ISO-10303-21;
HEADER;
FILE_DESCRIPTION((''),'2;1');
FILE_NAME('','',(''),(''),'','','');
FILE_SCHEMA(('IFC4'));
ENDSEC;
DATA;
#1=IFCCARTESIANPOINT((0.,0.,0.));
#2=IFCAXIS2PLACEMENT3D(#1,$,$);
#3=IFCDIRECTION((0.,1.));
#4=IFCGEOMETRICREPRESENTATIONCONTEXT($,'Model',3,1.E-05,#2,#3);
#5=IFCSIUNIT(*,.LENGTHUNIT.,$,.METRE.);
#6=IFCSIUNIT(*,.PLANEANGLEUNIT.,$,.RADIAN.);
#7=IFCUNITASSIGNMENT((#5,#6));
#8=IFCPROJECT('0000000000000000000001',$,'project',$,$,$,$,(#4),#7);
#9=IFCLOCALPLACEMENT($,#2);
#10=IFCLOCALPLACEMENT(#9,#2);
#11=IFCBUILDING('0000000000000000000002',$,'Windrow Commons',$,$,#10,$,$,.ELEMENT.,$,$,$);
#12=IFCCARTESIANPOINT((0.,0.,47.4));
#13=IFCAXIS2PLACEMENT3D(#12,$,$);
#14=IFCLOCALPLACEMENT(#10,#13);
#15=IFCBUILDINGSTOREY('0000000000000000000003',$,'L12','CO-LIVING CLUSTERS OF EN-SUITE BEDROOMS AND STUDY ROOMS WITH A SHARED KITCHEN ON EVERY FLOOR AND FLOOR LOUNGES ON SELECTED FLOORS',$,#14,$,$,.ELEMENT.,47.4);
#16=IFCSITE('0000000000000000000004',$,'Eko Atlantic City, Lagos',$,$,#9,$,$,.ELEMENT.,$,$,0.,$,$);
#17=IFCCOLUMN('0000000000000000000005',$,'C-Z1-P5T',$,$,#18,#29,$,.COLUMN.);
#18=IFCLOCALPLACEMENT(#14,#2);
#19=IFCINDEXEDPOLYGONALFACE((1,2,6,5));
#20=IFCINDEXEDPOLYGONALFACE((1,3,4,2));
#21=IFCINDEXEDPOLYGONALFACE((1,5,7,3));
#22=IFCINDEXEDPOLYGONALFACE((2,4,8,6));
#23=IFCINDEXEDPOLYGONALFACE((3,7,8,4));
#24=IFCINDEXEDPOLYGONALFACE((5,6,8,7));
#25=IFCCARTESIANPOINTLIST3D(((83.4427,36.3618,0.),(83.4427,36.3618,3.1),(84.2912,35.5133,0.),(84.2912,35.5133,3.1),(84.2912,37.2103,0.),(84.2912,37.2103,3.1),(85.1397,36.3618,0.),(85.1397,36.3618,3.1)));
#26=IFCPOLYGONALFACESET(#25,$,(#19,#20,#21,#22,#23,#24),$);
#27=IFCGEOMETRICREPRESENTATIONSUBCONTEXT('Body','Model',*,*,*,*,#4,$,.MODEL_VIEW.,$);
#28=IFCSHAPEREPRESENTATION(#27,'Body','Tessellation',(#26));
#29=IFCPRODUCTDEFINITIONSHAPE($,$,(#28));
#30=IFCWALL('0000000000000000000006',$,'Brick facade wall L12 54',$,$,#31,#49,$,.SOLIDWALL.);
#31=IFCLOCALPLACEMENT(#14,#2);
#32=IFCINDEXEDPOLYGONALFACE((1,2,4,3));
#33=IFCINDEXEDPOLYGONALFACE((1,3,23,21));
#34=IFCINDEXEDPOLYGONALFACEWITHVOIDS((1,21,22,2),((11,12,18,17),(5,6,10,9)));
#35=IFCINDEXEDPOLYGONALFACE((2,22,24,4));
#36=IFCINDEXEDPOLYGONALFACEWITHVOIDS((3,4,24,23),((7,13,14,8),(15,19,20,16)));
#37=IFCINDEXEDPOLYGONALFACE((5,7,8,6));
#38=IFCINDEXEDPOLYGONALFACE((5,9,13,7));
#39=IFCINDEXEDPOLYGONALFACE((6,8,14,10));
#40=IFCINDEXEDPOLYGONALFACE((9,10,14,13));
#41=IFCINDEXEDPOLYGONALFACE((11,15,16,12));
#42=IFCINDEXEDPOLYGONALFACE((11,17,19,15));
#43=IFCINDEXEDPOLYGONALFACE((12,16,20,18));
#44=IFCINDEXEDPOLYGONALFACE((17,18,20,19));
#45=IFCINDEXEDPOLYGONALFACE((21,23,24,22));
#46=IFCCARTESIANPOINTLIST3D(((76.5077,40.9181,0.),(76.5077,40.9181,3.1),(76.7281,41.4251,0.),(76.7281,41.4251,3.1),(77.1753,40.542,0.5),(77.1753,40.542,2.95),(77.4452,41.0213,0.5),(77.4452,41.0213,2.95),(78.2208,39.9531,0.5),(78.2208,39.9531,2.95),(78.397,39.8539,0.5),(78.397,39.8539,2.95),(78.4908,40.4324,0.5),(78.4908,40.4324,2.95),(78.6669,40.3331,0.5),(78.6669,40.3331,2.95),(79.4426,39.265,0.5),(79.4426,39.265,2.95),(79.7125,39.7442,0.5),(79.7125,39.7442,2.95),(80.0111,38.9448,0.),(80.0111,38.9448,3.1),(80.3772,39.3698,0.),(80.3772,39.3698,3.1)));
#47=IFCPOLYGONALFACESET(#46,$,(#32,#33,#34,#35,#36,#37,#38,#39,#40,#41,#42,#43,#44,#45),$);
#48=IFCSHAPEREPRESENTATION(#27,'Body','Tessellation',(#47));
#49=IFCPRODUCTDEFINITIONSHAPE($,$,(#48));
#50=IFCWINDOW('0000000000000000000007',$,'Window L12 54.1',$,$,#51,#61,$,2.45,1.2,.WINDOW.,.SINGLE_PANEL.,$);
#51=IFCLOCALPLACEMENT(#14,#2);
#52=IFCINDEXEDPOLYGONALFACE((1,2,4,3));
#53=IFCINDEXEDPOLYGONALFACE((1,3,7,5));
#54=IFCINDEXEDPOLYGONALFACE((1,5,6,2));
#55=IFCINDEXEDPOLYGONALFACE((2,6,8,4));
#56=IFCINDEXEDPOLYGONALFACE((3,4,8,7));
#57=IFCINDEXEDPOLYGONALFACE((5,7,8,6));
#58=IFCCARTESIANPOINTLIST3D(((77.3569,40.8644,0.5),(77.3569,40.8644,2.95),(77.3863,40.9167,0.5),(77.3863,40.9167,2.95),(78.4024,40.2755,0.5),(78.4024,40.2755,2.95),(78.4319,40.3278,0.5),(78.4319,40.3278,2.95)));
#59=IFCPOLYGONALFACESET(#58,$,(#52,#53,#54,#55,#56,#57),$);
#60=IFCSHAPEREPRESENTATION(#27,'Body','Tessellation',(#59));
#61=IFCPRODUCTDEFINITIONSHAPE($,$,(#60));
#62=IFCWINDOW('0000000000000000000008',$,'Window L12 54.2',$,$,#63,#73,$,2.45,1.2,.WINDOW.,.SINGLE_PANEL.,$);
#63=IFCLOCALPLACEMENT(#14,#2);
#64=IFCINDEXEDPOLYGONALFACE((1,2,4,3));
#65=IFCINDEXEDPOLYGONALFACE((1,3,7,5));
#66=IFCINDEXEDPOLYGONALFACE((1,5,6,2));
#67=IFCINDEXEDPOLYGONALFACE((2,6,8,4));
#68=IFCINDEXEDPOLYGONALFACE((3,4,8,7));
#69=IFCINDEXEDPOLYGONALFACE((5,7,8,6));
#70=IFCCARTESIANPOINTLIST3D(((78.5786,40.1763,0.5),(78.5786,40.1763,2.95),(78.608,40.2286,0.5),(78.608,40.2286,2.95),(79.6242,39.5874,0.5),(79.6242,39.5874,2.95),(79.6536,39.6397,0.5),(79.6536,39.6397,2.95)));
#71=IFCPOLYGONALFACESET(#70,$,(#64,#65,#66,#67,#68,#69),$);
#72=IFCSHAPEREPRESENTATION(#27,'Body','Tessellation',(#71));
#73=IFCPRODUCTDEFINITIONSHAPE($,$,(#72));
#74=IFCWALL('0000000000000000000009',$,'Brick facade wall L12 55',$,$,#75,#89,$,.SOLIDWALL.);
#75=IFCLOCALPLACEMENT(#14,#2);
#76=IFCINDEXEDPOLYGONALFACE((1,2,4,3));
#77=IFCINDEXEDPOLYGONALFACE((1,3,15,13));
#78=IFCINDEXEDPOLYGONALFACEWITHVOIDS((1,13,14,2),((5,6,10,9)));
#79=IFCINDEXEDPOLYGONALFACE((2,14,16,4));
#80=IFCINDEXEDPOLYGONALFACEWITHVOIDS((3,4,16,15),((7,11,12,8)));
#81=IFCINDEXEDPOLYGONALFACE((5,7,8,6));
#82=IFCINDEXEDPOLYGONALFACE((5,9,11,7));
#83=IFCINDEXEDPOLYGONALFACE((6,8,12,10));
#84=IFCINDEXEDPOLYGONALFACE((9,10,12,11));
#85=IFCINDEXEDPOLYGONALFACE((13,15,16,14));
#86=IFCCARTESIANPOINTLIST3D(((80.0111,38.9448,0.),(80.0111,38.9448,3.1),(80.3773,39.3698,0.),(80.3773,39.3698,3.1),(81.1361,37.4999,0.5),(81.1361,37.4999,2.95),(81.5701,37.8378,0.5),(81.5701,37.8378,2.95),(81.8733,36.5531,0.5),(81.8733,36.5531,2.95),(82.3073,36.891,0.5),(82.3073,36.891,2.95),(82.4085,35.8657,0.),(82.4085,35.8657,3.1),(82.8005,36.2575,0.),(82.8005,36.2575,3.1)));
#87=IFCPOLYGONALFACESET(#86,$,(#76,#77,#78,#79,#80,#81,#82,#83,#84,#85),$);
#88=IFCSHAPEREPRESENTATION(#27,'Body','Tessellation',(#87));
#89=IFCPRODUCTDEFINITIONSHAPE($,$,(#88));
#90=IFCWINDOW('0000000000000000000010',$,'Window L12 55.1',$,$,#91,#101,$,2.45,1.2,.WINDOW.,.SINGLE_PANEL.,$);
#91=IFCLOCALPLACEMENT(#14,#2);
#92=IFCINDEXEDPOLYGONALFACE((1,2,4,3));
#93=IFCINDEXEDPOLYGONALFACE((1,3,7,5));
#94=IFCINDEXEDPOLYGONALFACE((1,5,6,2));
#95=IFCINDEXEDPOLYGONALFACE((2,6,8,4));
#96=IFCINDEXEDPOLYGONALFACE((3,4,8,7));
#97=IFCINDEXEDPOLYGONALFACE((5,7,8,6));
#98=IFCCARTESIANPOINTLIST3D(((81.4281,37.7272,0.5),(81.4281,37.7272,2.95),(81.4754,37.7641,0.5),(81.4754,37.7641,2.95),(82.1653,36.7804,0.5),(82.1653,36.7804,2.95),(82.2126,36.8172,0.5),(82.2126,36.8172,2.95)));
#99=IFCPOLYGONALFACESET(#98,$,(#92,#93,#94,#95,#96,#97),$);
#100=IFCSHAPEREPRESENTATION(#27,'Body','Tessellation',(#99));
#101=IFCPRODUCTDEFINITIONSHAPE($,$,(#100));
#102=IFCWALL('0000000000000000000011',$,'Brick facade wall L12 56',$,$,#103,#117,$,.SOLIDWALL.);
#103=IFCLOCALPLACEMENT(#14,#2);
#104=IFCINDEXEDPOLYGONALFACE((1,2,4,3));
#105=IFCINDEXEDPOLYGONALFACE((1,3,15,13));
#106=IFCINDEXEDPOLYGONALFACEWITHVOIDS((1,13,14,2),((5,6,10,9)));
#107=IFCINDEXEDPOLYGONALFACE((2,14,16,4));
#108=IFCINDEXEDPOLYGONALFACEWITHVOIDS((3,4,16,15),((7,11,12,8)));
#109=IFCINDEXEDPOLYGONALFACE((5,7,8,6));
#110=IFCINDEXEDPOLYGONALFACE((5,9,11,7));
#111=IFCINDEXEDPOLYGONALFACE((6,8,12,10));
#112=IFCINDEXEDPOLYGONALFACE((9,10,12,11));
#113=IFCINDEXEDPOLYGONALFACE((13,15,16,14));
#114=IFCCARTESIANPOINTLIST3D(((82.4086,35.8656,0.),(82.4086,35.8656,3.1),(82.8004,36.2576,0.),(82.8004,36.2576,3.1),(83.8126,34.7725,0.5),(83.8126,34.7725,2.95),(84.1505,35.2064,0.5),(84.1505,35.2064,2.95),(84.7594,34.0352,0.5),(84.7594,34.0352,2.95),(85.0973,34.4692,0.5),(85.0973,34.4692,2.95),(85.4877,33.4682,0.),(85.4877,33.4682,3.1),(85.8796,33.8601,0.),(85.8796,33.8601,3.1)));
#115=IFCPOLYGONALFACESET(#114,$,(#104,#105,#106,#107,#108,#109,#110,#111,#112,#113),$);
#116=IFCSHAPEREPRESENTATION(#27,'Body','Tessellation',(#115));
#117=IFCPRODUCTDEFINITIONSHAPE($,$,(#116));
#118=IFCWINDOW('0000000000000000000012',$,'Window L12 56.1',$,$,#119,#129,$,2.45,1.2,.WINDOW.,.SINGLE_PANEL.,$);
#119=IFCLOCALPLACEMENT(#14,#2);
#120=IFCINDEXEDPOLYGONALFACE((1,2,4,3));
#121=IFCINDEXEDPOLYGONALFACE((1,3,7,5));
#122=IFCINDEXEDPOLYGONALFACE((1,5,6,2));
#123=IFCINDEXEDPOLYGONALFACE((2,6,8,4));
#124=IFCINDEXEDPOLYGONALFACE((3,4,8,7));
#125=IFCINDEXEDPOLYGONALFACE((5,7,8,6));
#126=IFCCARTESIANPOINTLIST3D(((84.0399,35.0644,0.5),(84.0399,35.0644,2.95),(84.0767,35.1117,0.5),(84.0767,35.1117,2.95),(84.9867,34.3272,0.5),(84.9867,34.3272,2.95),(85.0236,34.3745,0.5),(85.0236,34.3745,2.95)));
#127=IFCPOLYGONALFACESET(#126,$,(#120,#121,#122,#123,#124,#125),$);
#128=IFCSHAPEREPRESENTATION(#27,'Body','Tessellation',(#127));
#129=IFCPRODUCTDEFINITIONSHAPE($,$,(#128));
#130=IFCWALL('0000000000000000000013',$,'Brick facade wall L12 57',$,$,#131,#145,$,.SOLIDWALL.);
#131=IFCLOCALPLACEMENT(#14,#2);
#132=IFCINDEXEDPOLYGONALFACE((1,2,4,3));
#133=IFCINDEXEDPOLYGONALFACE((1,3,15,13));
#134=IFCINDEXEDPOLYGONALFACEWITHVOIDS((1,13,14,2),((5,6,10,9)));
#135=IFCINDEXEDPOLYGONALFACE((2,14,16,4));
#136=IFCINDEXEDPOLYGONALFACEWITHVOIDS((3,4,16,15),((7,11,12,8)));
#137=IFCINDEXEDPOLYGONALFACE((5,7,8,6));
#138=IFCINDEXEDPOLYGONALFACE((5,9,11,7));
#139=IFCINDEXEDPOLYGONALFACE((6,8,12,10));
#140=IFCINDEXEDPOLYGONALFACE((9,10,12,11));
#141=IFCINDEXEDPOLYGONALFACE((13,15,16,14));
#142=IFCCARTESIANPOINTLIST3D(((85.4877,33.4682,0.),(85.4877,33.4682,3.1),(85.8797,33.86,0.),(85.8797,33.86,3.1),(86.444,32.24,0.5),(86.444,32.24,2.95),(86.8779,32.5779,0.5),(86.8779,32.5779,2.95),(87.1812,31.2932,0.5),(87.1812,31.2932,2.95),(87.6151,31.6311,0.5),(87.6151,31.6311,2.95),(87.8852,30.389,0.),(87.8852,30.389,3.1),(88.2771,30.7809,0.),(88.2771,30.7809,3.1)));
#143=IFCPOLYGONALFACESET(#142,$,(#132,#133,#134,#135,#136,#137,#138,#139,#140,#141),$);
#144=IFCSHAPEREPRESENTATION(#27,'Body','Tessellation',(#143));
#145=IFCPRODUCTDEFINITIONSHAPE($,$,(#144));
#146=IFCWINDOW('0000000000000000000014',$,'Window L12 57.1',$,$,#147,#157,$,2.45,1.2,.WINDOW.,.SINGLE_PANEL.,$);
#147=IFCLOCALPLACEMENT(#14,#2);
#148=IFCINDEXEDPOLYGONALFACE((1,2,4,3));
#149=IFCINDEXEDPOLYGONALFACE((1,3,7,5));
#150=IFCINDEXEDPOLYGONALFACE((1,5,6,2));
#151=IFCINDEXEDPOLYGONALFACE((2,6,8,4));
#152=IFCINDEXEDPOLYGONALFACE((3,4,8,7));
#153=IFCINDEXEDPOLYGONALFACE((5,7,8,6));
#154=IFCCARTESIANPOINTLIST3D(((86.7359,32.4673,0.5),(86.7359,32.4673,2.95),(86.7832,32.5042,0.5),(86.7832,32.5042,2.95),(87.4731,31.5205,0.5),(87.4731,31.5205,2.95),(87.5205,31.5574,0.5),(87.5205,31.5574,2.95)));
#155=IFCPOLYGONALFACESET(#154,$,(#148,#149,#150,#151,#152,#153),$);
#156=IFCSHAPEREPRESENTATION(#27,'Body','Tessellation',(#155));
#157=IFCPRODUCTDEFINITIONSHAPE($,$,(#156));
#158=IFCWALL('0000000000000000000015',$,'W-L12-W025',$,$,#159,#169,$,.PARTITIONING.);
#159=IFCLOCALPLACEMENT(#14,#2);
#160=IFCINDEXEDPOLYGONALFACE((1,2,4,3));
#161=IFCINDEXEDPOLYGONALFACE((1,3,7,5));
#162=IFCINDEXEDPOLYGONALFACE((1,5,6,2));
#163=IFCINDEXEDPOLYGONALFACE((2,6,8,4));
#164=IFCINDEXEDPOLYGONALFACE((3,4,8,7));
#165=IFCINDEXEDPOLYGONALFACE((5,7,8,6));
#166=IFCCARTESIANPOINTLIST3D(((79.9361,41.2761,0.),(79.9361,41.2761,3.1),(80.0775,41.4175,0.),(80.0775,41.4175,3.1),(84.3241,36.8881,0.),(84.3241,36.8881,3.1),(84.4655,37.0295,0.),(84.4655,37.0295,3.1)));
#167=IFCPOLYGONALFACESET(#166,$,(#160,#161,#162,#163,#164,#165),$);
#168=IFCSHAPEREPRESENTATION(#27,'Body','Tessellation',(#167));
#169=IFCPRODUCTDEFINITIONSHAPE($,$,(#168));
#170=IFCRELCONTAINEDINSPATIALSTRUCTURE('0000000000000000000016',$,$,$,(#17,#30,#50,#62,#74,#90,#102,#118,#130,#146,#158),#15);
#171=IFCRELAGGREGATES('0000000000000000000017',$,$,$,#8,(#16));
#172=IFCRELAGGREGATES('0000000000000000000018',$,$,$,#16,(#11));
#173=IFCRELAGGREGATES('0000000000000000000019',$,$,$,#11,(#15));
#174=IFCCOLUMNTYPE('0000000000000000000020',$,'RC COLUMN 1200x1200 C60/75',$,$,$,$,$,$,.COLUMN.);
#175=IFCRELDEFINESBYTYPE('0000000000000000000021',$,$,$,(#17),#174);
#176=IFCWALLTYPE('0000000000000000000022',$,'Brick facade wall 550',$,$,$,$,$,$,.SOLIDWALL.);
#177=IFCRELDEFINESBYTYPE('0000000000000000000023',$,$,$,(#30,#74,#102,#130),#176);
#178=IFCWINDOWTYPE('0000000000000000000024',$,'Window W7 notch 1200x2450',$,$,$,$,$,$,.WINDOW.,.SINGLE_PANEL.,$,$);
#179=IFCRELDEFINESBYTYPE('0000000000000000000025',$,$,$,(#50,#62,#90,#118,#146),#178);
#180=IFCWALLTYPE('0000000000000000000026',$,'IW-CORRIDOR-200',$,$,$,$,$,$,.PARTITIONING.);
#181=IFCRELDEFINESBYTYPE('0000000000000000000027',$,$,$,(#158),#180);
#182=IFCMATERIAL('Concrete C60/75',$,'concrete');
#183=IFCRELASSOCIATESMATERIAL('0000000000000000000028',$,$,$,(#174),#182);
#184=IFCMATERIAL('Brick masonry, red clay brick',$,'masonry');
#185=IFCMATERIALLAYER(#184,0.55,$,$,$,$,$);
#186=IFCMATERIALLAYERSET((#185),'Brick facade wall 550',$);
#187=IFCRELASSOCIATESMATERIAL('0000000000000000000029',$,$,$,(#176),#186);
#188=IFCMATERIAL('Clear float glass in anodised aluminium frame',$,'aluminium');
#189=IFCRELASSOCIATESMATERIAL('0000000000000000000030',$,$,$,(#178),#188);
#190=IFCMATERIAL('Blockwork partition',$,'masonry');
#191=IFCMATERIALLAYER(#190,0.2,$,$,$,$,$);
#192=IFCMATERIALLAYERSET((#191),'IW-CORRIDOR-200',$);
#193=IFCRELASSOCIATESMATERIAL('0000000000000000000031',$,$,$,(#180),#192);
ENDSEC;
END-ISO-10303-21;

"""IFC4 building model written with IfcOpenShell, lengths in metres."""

from ifc_helpers import new_model, si_unit, direction, frame, frame_2d, origin, origin_2d, place, context, subcontext, project, spatial, polyline, rectangle, outline, extrude, material, layer, layer_set, material_profile, profile_set, type_object, element, fill, save


model = new_model("IFC4")

# Units and contexts
model_context = context("Model", 3, precision=1e-05, world=origin(), true_north=direction((0.0, 1.0)))
body_context = subcontext(model_context, "Body", "Model", "MODEL_VIEW")
ifc_project = project(units=[si_unit("LENGTHUNIT", "METRE"), si_unit("PLANEANGLEUNIT", "RADIAN")], contexts=[model_context])

# Site, building, storey
site_placement = place(None, origin())
site = spatial("IfcSite", under=ifc_project, at=site_placement, Name="Eko Atlantic City, Lagos", CompositionType="ELEMENT", RefElevation=0.0)
building_placement = place(site_placement, origin())
building = spatial("IfcBuilding", under=site, at=building_placement, Name="Windrow Commons", CompositionType="ELEMENT")
storey_placement = place(building_placement, frame((0.0, 0.0, 47.4)))
storey = spatial("IfcBuildingStorey", under=building, at=storey_placement, Name="L12", Description="CO-LIVING CLUSTERS OF EN-SUITE BEDROOMS AND STUDY ROOMS WITH A SHARED KITCHEN ON EVERY FLOOR AND FLOOR LOUNGES ON SELECTED FLOORS", CompositionType="ELEMENT", Elevation=47.4)

# Column
ifc_material_1 = material(Name="Concrete C60/75", Category="concrete")
ifc_material_profile = material_profile(ifc_material_1, rectangle(XDim=1.2, YDim=1.2, at=origin_2d()))
ifc_profile_set = profile_set([ifc_material_profile], Name="Concrete C60/75")
column_type = type_object("IfcColumnType", Name="RC COLUMN 1200x1200 C60/75", PredefinedType="COLUMN", material=ifc_profile_set)
column_placement = place(storey_placement, frame((84.2912, 36.3618, 0.0), z_axis=(0.0, 0.0, 1.0), x_axis=(0.707107, -0.707107, 0.0)))
element("IfcColumn", 1, at=column_placement, inside=storey, type_object=column_type, Name="C-Z1-P5T", PredefinedType="COLUMN", context=body_context, shape_type="SweptSolid", body=[
    extrude(rectangle(XDim=1.2, YDim=1.2, at=origin_2d()), origin(), (0.0, 0.0, 1.0), 3.1),
])

# Wall, openings, windows
ifc_material_2 = material(Name="Brick masonry, red clay brick", Category="masonry")
ifc_layer_1 = layer(ifc_material_2, 0.55)
ifc_layer_set_1 = layer_set([ifc_layer_1], Name="Brick facade wall 550")
wall_type_1 = type_object("IfcWallType", Name="Brick facade wall 550", PredefinedType="SOLIDWALL", material=ifc_layer_set_1)
wall_1_placement = place(storey_placement, frame((76.6179, 41.1716, 0.0), z_axis=(0.0, 0.0, 1.0), x_axis=(0.871301, -0.490748, 0.0)))
wall_1 = element("IfcWall", 2, at=wall_1_placement, inside=storey, type_object=wall_type_1, Name="Brick facade wall L12 54", PredefinedType="SOLIDWALL", context=body_context, shape_type="SweptSolid", body=[
    extrude(outline(polyline([(0.0284, -0.275), (4.0493, -0.275), (4.1597, 0.275), (-0.0284, 0.275), (0.0284, -0.275)])), origin(), (0.0, 0.0, 1.0), 3.1),
])
opening_1_placement = place(wall_1_placement, frame((0.7946, 0.0, 0.5)))
opening_1 = element("IfcOpeningElement", 3, at=opening_1_placement, cuts=wall_1, PredefinedType="OPENING", context=body_context, shape_type="SweptSolid", body=[
    extrude(rectangle(XDim=1.2, YDim=2.45, at=frame_2d((0.6, 1.225))), frame((0.0, 0.285, 0.0), z_axis=(0.0, -1.0, 0.0), x_axis=(1.0, 0.0, 0.0)), (0.0, 0.0, 1.0), 0.57),
])
opening_2_placement = place(wall_1_placement, frame((2.1968, 0.0, 0.5)))
opening_2 = element("IfcOpeningElement", 4, at=opening_2_placement, cuts=wall_1, PredefinedType="OPENING", context=body_context, shape_type="SweptSolid", body=[
    extrude(rectangle(XDim=1.2, YDim=2.45, at=frame_2d((0.6, 1.225))), frame((0.0, 0.285, 0.0), z_axis=(0.0, -1.0, 0.0), x_axis=(1.0, 0.0, 0.0)), (0.0, 0.0, 1.0), 0.57),
])
ifc_material_3 = material(Name="Clear float glass in anodised aluminium frame", Category="aluminium")
window_type = type_object("IfcWindowType", Name="Window W7 notch 1200x2450", PartitioningType="SINGLE_PANEL", PredefinedType="WINDOW", material=ifc_material_3)
window_1_placement = place(opening_1_placement, origin())
window_1 = element("IfcWindow", 5, at=window_1_placement, inside=storey, type_object=window_type, Name="Window L12 54.1", OverallHeight=2.45, OverallWidth=1.2, PartitioningType="SINGLE_PANEL", PredefinedType="WINDOW", context=body_context, shape_type="SweptSolid", body=[
    extrude(rectangle(XDim=1.2, YDim=2.45, at=frame_2d((0.6, 1.225))), frame((0.0, 0.155, 0.0), z_axis=(0.0, -1.0, 0.0), x_axis=(1.0, 0.0, 0.0)), (0.0, 0.0, 1.0), 0.06),
])
fill(opening_1, window_1)
window_2_placement = place(opening_2_placement, origin())
window_2 = element("IfcWindow", 6, at=window_2_placement, inside=storey, type_object=window_type, Name="Window L12 54.2", OverallHeight=2.45, OverallWidth=1.2, PartitioningType="SINGLE_PANEL", PredefinedType="WINDOW", context=body_context, shape_type="SweptSolid", body=[
    extrude(rectangle(XDim=1.2, YDim=2.45, at=frame_2d((0.6, 1.225))), frame((0.0, 0.155, 0.0), z_axis=(0.0, -1.0, 0.0), x_axis=(1.0, 0.0, 0.0)), (0.0, 0.0, 1.0), 0.06),
])
fill(opening_2, window_2)

# Walls, openings, windows
wall_2_placement = place(storey_placement, frame((80.1942, 39.1573, 0.0), z_axis=(0.0, 0.0, 1.0), x_axis=(0.614343, -0.789039, 0.0)))
wall_2 = element("IfcWall", 7, at=wall_2_placement, inside=storey, type_object=wall_type_1, Name="Brick facade wall L12 55", PredefinedType="SOLIDWALL", context=body_context, shape_type="SweptSolid", body=[
    extrude(outline(polyline([(0.0552, -0.275), (3.9576, -0.275), (3.8892, 0.275), (-0.0552, 0.275), (0.0552, -0.275)])), origin(), (0.0, 0.0, 1.0), 3.1),
])
opening_3_placement = place(wall_2_placement, frame((1.8864, 0.0, 0.5)))
opening_3 = element("IfcOpeningElement", 8, at=opening_3_placement, cuts=wall_2, PredefinedType="OPENING", context=body_context, shape_type="SweptSolid", body=[
    extrude(rectangle(XDim=1.2, YDim=2.45, at=frame_2d((0.6, 1.225))), frame((0.0, 0.285, 0.0), z_axis=(0.0, -1.0, 0.0), x_axis=(1.0, 0.0, 0.0)), (0.0, 0.0, 1.0), 0.57),
])
window_3_placement = place(opening_3_placement, origin())
window_3 = element("IfcWindow", 9, at=window_3_placement, inside=storey, type_object=window_type, Name="Window L12 55.1", OverallHeight=2.45, OverallWidth=1.2, PartitioningType="SINGLE_PANEL", PredefinedType="WINDOW", context=body_context, shape_type="SweptSolid", body=[
    extrude(rectangle(XDim=1.2, YDim=2.45, at=frame_2d((0.6, 1.225))), frame((0.0, 0.155, 0.0), z_axis=(0.0, -1.0, 0.0), x_axis=(1.0, 0.0, 0.0)), (0.0, 0.0, 1.0), 0.06),
])
fill(opening_3, window_3)
wall_3_placement = place(storey_placement, frame((82.6045, 36.0616, 0.0), z_axis=(0.0, 0.0, 1.0), x_axis=(0.789033, -0.61435, 0.0)))
wall_3 = element("IfcWall", 10, at=wall_3_placement, inside=storey, type_object=wall_type_1, Name="Brick facade wall L12 56", PredefinedType="SOLIDWALL", context=body_context, shape_type="SweptSolid", body=[
    extrude(outline(polyline([(-0.0342, -0.275), (3.8682, -0.275), (3.9366, 0.275), (0.0342, 0.275), (-0.0342, -0.275)])), origin(), (0.0, 0.0, 1.0), 3.1),
])
opening_4_placement = place(wall_3_placement, frame((1.7452, 0.0, 0.5)))
opening_4 = element("IfcOpeningElement", 11, at=opening_4_placement, cuts=wall_3, PredefinedType="OPENING", context=body_context, shape_type="SweptSolid", body=[
    extrude(rectangle(XDim=1.2, YDim=2.45, at=frame_2d((0.6, 1.225))), frame((0.0, 0.285, 0.0), z_axis=(0.0, -1.0, 0.0), x_axis=(1.0, 0.0, 0.0)), (0.0, 0.0, 1.0), 0.57),
])
window_4_placement = place(opening_4_placement, origin())
window_4 = element("IfcWindow", 12, at=window_4_placement, inside=storey, type_object=window_type, Name="Window L12 56.1", OverallHeight=2.45, OverallWidth=1.2, PartitioningType="SINGLE_PANEL", PredefinedType="WINDOW", context=body_context, shape_type="SweptSolid", body=[
    extrude(rectangle(XDim=1.2, YDim=2.45, at=frame_2d((0.6, 1.225))), frame((0.0, 0.155, 0.0), z_axis=(0.0, -1.0, 0.0), x_axis=(1.0, 0.0, 0.0)), (0.0, 0.0, 1.0), 0.06),
])
fill(opening_4, window_4)
wall_4_placement = place(storey_placement, frame((85.6837, 33.6641, 0.0), z_axis=(0.0, 0.0, 1.0), x_axis=(0.614347, -0.789036, 0.0)))
wall_4 = element("IfcWall", 13, at=wall_4_placement, inside=storey, type_object=wall_type_1, Name="Brick facade wall L12 57", PredefinedType="SOLIDWALL", context=body_context, shape_type="SweptSolid", body=[
    extrude(outline(polyline([(0.0342, -0.275), (3.9366, -0.275), (3.8682, 0.275), (-0.0342, 0.275), (0.0342, -0.275)])), origin(), (0.0, 0.0, 1.0), 3.1),
])
opening_5_placement = place(wall_4_placement, frame((1.5907, 0.0, 0.5)))
opening_5 = element("IfcOpeningElement", 14, at=opening_5_placement, cuts=wall_4, PredefinedType="OPENING", context=body_context, shape_type="SweptSolid", body=[
    extrude(rectangle(XDim=1.2, YDim=2.45, at=frame_2d((0.6, 1.225))), frame((0.0, 0.285, 0.0), z_axis=(0.0, -1.0, 0.0), x_axis=(1.0, 0.0, 0.0)), (0.0, 0.0, 1.0), 0.57),
])
window_5_placement = place(opening_5_placement, origin())
window_5 = element("IfcWindow", 15, at=window_5_placement, inside=storey, type_object=window_type, Name="Window L12 57.1", OverallHeight=2.45, OverallWidth=1.2, PartitioningType="SINGLE_PANEL", PredefinedType="WINDOW", context=body_context, shape_type="SweptSolid", body=[
    extrude(rectangle(XDim=1.2, YDim=2.45, at=frame_2d((0.6, 1.225))), frame((0.0, 0.155, 0.0), z_axis=(0.0, -1.0, 0.0), x_axis=(1.0, 0.0, 0.0)), (0.0, 0.0, 1.0), 0.06),
])
fill(opening_5, window_5)

# Wall
ifc_material_4 = material(Name="Blockwork partition", Category="masonry")
ifc_layer_2 = layer(ifc_material_4, 0.2)
ifc_layer_set_2 = layer_set([ifc_layer_2], Name="IW-CORRIDOR-200")
wall_type_2 = type_object("IfcWallType", Name="IW-CORRIDOR-200", PredefinedType="PARTITIONING", material=ifc_layer_set_2)
wall_5_placement = place(storey_placement, frame((80.0068, 41.3468, 0.0), z_axis=(0.0, 0.0, 1.0), x_axis=(0.707107, -0.707107, 0.0)))
element("IfcWall", 16, at=wall_5_placement, inside=storey, type_object=wall_type_2, Name="W-L12-W025", PredefinedType="PARTITIONING", context=body_context, shape_type="SweptSolid", body=[
    extrude(rectangle(XDim=6.2056, YDim=0.2, at=frame_2d((3.1028, 0.0))), origin(), (0.0, 0.0, 1.0), 3.1),
])

save(model, "model.ifc")
